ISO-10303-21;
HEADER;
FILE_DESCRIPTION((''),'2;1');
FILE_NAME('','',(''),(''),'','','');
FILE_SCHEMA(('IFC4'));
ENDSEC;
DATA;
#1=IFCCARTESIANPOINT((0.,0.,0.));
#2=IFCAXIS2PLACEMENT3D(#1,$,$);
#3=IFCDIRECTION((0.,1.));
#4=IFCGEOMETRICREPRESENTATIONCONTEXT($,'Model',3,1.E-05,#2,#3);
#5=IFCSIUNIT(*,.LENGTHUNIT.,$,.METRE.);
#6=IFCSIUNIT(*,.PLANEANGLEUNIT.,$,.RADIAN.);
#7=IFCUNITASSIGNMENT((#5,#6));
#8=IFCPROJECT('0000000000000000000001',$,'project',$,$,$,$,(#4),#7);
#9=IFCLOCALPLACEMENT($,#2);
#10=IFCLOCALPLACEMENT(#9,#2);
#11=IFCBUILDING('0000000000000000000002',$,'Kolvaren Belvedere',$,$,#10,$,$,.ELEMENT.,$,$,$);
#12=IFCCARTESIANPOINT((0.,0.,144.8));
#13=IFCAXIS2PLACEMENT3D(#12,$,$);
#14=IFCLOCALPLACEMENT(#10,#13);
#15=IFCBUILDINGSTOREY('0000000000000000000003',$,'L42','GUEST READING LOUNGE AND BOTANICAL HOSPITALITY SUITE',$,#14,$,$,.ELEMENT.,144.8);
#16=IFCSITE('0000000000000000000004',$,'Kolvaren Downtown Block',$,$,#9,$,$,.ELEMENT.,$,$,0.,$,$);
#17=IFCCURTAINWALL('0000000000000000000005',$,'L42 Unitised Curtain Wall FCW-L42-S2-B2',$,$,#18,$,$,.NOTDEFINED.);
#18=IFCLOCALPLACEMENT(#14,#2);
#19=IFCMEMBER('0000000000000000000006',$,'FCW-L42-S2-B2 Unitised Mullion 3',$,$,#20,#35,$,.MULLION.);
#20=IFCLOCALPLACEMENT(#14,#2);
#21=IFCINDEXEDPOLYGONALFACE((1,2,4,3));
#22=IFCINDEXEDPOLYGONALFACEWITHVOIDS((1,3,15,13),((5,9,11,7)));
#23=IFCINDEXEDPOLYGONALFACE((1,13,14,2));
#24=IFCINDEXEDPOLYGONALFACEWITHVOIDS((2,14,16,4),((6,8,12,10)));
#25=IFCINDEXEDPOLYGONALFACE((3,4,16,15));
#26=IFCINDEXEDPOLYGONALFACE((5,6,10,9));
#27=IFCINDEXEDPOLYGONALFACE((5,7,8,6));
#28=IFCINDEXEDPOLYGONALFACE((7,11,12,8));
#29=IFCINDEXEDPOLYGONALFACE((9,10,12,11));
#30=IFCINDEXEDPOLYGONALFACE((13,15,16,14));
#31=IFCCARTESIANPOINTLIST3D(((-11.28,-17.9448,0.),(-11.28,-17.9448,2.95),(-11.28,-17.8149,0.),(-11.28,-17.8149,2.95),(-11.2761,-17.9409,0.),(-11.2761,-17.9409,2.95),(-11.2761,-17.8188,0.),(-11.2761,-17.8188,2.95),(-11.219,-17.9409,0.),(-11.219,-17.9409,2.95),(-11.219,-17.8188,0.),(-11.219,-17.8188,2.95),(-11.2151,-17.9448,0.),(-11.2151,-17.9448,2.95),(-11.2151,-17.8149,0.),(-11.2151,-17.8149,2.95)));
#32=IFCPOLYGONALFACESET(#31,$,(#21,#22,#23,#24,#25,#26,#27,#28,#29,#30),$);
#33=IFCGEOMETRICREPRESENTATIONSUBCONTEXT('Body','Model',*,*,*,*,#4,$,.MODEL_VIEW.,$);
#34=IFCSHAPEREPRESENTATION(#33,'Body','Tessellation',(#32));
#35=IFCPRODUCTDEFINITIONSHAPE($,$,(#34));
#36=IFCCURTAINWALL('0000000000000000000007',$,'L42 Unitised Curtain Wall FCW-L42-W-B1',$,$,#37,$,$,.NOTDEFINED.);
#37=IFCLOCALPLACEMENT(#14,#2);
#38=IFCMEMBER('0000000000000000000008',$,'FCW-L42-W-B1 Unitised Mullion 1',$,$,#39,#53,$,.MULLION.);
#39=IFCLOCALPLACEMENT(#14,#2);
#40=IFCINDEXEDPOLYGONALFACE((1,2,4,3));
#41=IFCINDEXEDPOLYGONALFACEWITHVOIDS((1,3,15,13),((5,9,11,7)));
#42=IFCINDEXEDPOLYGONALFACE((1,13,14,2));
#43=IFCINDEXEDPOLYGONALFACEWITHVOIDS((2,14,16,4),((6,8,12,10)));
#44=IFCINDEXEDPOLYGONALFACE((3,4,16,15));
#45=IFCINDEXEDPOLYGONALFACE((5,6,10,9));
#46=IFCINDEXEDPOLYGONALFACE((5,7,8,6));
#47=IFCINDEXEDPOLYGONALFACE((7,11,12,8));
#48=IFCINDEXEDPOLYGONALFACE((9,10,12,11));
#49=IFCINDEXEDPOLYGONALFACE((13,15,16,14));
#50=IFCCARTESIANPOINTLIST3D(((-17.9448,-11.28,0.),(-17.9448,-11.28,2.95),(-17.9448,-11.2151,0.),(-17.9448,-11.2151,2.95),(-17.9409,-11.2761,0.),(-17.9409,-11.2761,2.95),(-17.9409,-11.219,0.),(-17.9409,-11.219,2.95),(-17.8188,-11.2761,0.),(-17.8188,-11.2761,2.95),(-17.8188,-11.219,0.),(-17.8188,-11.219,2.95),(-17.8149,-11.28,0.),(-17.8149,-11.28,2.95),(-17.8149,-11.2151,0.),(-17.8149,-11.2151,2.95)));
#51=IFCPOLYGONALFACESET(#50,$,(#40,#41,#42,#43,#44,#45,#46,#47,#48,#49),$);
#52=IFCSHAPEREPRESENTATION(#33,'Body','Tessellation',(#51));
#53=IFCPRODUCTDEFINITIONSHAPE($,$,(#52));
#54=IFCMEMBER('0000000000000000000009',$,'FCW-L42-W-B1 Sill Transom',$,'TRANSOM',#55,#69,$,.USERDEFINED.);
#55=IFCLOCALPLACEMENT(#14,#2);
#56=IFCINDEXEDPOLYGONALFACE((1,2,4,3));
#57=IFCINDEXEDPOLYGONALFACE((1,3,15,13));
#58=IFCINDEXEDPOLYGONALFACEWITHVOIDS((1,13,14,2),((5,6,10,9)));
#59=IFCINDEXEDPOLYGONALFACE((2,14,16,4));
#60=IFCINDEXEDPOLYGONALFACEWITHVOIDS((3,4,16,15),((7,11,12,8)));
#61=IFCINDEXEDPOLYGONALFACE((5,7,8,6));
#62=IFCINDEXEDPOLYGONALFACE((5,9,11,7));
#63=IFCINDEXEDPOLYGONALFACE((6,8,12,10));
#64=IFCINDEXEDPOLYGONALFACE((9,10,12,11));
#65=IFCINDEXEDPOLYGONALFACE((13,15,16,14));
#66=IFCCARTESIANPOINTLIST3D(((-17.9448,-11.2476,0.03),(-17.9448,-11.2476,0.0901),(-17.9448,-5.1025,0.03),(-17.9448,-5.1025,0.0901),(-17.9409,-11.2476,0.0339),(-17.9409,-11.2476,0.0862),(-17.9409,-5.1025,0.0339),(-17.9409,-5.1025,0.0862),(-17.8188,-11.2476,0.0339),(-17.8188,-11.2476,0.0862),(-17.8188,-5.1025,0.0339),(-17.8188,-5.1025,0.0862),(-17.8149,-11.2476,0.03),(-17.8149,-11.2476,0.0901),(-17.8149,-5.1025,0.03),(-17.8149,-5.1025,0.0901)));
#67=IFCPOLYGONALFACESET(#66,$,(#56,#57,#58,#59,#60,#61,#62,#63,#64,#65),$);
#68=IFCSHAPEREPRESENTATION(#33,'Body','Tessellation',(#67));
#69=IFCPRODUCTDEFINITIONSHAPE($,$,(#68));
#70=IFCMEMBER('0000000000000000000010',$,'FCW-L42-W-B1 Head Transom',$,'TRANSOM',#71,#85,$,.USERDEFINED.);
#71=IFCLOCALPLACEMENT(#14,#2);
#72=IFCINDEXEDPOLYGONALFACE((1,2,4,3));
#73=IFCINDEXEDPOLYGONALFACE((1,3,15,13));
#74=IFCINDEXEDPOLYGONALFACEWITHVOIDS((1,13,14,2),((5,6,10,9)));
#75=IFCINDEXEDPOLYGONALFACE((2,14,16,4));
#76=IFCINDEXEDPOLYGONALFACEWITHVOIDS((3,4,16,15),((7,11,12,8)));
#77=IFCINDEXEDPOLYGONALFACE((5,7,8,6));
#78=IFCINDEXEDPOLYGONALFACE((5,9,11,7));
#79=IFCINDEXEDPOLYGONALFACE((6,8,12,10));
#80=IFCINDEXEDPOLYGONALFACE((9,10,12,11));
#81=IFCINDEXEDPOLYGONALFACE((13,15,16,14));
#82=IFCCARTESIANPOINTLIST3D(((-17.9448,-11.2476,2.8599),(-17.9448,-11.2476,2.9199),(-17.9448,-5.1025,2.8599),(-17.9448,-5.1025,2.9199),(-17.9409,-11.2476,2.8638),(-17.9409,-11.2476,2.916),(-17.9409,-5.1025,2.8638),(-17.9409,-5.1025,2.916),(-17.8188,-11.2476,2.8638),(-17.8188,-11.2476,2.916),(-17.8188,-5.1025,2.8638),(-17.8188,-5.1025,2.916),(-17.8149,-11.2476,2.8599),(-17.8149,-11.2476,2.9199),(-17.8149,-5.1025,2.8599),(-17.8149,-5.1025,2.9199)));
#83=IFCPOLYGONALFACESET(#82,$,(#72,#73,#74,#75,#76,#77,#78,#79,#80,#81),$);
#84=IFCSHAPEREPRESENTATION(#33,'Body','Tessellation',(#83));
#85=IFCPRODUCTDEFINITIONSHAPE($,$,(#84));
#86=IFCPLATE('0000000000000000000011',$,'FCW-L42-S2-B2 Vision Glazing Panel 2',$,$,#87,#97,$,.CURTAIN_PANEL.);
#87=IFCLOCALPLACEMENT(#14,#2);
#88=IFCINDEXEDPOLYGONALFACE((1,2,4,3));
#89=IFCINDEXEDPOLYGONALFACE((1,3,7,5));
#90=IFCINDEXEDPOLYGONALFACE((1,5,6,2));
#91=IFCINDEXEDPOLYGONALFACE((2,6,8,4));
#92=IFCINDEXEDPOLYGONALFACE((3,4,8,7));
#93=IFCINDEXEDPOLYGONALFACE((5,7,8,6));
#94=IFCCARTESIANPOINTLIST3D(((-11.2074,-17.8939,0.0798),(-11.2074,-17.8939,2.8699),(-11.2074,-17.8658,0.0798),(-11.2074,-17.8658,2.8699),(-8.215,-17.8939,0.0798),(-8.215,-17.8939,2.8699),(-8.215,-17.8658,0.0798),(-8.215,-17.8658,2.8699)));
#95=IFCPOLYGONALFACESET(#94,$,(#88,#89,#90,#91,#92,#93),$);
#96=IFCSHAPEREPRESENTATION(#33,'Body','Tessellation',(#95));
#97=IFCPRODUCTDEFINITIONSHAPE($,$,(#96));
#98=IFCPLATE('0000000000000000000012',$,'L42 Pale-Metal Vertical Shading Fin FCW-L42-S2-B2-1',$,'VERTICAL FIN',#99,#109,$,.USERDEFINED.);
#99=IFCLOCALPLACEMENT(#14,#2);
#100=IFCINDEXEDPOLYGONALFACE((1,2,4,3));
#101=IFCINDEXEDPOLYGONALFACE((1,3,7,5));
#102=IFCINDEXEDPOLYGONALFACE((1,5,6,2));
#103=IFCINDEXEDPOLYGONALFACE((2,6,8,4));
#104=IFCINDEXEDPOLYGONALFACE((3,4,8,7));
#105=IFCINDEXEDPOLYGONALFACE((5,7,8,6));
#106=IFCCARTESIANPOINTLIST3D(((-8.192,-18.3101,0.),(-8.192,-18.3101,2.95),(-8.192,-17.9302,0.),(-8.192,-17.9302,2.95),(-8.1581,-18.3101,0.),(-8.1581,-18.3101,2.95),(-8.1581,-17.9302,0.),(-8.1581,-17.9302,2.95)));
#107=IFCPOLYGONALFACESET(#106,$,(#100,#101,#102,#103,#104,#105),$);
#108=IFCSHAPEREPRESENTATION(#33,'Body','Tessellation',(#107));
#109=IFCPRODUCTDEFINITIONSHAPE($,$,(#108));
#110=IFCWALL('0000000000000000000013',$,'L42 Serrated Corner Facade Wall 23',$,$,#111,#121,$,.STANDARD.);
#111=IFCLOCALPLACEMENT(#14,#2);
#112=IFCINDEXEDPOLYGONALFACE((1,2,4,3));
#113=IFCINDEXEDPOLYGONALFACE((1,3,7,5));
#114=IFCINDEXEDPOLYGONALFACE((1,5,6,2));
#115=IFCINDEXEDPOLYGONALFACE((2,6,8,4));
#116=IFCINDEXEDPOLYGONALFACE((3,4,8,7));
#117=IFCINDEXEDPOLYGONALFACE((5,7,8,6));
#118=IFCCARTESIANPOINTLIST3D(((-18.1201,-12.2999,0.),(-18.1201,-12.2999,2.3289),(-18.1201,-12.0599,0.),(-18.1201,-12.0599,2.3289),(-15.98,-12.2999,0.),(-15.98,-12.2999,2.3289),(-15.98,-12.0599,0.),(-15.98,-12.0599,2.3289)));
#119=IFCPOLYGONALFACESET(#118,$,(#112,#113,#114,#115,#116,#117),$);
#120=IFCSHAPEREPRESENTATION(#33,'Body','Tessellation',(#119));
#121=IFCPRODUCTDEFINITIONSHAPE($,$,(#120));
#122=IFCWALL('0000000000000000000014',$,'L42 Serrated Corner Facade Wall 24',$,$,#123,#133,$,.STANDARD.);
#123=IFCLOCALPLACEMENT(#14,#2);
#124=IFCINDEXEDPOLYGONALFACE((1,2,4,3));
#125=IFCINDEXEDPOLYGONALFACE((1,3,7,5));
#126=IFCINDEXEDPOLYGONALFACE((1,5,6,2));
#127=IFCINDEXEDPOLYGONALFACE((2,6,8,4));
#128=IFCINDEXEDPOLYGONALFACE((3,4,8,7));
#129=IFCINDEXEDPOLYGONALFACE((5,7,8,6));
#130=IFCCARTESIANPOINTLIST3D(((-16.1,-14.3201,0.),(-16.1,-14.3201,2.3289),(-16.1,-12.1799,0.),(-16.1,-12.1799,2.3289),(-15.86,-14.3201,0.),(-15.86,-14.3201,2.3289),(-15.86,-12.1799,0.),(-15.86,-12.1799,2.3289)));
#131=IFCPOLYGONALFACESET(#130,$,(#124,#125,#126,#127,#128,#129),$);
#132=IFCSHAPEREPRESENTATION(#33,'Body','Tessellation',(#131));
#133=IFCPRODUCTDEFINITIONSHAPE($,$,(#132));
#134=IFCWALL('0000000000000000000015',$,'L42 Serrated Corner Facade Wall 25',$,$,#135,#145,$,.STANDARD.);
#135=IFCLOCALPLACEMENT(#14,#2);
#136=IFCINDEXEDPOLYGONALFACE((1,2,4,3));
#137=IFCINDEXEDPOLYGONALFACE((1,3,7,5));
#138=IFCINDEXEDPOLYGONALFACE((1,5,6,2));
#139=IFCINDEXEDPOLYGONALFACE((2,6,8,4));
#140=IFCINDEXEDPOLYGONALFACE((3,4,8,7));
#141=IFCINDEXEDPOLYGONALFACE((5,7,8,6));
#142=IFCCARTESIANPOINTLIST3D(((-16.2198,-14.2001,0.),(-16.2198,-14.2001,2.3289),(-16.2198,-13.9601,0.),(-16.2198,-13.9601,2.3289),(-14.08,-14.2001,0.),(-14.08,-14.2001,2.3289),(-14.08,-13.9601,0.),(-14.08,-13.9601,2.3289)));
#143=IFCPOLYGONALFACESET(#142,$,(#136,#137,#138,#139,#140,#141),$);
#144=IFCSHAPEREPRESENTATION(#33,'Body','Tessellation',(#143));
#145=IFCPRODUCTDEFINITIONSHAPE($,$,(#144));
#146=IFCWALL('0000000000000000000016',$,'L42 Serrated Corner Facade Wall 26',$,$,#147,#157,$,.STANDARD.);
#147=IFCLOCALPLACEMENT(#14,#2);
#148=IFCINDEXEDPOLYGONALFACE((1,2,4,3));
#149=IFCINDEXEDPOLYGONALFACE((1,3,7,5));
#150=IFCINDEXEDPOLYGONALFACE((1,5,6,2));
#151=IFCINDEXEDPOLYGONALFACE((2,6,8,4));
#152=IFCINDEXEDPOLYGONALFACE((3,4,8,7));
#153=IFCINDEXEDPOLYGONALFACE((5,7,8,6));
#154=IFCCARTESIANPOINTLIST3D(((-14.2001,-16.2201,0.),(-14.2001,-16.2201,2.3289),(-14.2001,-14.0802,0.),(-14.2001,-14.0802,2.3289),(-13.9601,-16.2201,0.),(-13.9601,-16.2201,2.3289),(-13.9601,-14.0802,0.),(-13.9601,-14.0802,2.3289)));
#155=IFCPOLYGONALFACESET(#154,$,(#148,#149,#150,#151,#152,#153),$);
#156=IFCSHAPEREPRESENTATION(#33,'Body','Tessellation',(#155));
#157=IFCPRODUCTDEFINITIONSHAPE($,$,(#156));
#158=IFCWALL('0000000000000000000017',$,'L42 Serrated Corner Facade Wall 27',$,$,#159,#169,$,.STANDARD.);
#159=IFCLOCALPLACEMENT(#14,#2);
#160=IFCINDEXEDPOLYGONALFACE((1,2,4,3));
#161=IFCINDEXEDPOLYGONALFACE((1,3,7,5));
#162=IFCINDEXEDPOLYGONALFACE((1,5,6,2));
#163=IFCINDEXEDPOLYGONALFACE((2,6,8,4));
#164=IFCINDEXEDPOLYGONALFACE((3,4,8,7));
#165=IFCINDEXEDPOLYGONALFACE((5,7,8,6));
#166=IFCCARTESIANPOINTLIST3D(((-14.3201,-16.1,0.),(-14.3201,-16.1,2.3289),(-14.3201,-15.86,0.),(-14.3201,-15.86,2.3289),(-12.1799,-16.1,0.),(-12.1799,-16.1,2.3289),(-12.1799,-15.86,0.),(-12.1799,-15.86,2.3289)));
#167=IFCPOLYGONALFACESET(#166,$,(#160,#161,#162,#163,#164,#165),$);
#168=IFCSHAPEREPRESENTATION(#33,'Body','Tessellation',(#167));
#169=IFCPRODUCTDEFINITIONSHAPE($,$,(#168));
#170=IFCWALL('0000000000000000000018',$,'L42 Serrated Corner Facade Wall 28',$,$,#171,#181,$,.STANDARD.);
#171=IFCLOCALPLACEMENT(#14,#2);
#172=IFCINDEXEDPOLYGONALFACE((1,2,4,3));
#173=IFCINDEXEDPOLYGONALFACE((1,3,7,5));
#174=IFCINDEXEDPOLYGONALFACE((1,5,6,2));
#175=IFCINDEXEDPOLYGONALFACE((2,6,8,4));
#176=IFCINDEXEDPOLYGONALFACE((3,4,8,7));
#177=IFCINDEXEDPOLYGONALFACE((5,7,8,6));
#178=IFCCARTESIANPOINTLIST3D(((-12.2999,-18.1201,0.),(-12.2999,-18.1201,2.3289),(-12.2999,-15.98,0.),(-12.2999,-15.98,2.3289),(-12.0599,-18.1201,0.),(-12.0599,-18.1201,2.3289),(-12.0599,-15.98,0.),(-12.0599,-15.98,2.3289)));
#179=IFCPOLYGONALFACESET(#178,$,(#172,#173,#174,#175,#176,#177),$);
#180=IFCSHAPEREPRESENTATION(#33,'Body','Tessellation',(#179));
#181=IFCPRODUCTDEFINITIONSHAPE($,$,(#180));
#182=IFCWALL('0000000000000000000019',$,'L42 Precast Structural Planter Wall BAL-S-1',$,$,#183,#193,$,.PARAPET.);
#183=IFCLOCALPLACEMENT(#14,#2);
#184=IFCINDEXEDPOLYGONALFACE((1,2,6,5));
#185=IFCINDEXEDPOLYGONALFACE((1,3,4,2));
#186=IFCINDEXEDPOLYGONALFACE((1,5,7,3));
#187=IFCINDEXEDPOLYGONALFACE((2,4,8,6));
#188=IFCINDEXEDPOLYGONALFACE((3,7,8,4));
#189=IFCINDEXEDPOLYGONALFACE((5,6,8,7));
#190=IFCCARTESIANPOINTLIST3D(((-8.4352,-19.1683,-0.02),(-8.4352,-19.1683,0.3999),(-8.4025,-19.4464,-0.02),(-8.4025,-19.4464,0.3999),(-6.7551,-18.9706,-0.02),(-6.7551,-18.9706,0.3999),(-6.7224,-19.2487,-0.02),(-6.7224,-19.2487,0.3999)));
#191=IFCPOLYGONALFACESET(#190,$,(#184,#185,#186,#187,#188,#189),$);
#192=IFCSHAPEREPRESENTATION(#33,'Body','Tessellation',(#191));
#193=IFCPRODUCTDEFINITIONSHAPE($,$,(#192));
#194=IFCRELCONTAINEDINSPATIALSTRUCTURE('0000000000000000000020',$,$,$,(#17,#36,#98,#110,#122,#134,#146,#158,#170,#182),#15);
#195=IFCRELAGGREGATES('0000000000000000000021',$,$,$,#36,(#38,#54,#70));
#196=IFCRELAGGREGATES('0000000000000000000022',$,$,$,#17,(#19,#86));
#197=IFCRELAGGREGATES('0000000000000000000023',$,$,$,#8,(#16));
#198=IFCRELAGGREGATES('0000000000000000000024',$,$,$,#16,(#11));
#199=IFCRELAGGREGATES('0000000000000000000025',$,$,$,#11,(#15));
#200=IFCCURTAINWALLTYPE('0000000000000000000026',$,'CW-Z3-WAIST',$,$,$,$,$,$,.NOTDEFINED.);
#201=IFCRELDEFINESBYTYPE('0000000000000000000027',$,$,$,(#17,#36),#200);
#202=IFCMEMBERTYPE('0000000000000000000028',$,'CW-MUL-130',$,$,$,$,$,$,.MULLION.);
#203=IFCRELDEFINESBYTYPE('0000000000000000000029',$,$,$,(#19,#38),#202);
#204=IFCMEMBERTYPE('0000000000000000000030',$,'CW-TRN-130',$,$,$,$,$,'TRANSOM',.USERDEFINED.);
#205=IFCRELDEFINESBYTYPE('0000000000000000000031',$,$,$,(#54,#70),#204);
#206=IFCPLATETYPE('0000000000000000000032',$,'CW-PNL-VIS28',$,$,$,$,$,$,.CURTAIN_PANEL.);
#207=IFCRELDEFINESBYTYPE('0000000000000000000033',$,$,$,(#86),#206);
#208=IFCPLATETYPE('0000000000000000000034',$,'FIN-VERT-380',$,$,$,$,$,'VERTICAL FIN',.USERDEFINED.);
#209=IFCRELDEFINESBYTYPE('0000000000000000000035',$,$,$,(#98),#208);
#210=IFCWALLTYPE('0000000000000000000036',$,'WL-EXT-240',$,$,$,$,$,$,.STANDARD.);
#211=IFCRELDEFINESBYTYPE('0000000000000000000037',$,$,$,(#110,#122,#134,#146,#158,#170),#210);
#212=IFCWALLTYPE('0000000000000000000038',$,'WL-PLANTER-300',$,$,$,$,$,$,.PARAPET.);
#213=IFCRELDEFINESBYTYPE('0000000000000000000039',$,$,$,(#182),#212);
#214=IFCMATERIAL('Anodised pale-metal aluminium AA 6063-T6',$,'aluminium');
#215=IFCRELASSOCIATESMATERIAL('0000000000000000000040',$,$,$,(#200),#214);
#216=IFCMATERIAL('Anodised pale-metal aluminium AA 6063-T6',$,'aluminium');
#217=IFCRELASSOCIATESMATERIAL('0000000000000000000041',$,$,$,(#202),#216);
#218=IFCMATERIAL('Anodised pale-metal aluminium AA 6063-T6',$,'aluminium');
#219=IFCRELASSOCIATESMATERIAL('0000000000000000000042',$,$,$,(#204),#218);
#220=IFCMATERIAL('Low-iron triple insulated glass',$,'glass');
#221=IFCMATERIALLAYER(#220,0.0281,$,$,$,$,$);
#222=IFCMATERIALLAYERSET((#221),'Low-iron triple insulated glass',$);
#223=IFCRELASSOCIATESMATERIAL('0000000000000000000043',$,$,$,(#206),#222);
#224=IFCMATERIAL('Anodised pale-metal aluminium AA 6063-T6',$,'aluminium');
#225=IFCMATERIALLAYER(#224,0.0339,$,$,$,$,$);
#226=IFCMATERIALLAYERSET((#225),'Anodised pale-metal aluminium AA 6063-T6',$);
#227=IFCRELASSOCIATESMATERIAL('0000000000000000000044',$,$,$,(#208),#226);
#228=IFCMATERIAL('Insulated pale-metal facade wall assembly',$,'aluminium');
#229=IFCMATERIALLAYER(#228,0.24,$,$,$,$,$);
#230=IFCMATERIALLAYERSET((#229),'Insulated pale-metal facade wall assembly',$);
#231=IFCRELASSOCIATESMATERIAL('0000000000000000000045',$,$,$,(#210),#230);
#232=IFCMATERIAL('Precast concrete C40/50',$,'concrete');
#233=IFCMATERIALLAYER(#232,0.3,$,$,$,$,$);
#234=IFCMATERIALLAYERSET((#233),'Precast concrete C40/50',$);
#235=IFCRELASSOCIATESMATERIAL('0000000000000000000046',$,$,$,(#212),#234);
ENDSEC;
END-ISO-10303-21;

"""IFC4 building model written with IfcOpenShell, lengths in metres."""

from ifc_helpers import new_model, si_unit, direction, frame, frame_2d, origin, origin_2d, place, context, subcontext, project, spatial, rectangle, hollow_rectangle, extrude, material, layer, layer_set, material_profile, profile_set, type_object, element, aggregate, save


model = new_model("IFC4")

# Units and contexts
model_context = context("Model", 3, precision=1e-05, world=origin(), true_north=direction((0.0, 1.0)))
body_context = subcontext(model_context, "Body", "Model", "MODEL_VIEW")
ifc_project = project(units=[si_unit("LENGTHUNIT", "METRE"), si_unit("PLANEANGLEUNIT", "RADIAN")], contexts=[model_context])

# Site, building, storey
site_placement = place(None, origin())
site = spatial("IfcSite", under=ifc_project, at=site_placement, Name="Kolvaren Downtown Block", CompositionType="ELEMENT", RefElevation=0.0)
building_placement = place(site_placement, origin())
building = spatial("IfcBuilding", under=site, at=building_placement, Name="Kolvaren Belvedere", CompositionType="ELEMENT")
storey_placement = place(building_placement, frame((0.0, 0.0, 144.8)))
storey = spatial("IfcBuildingStorey", under=building, at=storey_placement, Name="L42", Description="GUEST READING LOUNGE AND BOTANICAL HOSPITALITY SUITE", CompositionType="ELEMENT", Elevation=144.8)

# Curtain walls, members
ifc_material_1 = material(Name="Anodised pale-metal aluminium AA 6063-T6", Category="aluminium")
curtain_wall_type = type_object("IfcCurtainWallType", Name="CW-Z3-WAIST", PredefinedType="NOTDEFINED", material=ifc_material_1)
curtain_wall_1_placement = place(storey_placement, origin())
curtain_wall_1 = element("IfcCurtainWall", 1, at=curtain_wall_1_placement, inside=storey, type_object=curtain_wall_type, Name="L42 Unitised Curtain Wall FCW-L42-S2-B2", PredefinedType="NOTDEFINED")
ifc_material_2 = material(Name="Anodised pale-metal aluminium AA 6063-T6", Category="aluminium")
ifc_material_profile_1 = material_profile(ifc_material_2, hollow_rectangle(XDim=0.0649, YDim=0.1299, WallThickness=0.0039, at=origin_2d()), Name="ALU-MUL-130X65")
ifc_profile_set_1 = profile_set([ifc_material_profile_1], Name="Anodised pale-metal aluminium AA 6063-T6")
member_type_1 = type_object("IfcMemberType", Name="CW-MUL-130", PredefinedType="MULLION", material=ifc_profile_set_1)
member_1_placement = place(storey_placement, frame((-11.2476, -17.8799, 0.0), z_axis=(0.0, 0.0, 1.0), x_axis=(1.0, 0.0, 0.0)))
member_1 = element("IfcMember", 2, at=member_1_placement, type_object=member_type_1, Name="FCW-L42-S2-B2 Unitised Mullion 3", PredefinedType="MULLION", context=body_context, shape_type="SweptSolid", body=[
    extrude(hollow_rectangle(XDim=0.0649, YDim=0.1299, WallThickness=0.0039, at=origin_2d()), origin(), (0.0, 0.0, 1.0), 2.95),
])
curtain_wall_2_placement = place(storey_placement, origin())
curtain_wall_2 = element("IfcCurtainWall", 3, at=curtain_wall_2_placement, inside=storey, type_object=curtain_wall_type, Name="L42 Unitised Curtain Wall FCW-L42-W-B1", PredefinedType="NOTDEFINED")
member_2_placement = place(storey_placement, frame((-17.8799, -11.2476, 0.0), z_axis=(0.0, 0.0, 1.0), x_axis=(0.0, 1.0, 0.0)))
member_2 = element("IfcMember", 4, at=member_2_placement, type_object=member_type_1, Name="FCW-L42-W-B1 Unitised Mullion 1", PredefinedType="MULLION", context=body_context, shape_type="SweptSolid", body=[
    extrude(hollow_rectangle(XDim=0.0649, YDim=0.1299, WallThickness=0.0039, at=origin_2d()), origin(), (0.0, 0.0, 1.0), 2.95),
])
ifc_material_3 = material(Name="Anodised pale-metal aluminium AA 6063-T6", Category="aluminium")
ifc_material_profile_2 = material_profile(ifc_material_3, hollow_rectangle(XDim=0.0601, YDim=0.1299, WallThickness=0.0039, at=origin_2d()), Name="ALU-TRN-130X60")
ifc_profile_set_2 = profile_set([ifc_material_profile_2], Name="Anodised pale-metal aluminium AA 6063-T6")
member_type_2 = type_object("IfcMemberType", Name="CW-TRN-130", ElementType="TRANSOM", PredefinedType="USERDEFINED", material=ifc_profile_set_2)
member_3_placement = place(storey_placement, frame((-17.8799, -11.2476, 0.0601), z_axis=(0.0, 1.0, 0.0), x_axis=(0.0, 0.0, 1.0)))
member_3 = element("IfcMember", 5, at=member_3_placement, type_object=member_type_2, Name="FCW-L42-W-B1 Sill Transom", ObjectType="TRANSOM", PredefinedType="USERDEFINED", context=body_context, shape_type="SweptSolid", body=[
    extrude(hollow_rectangle(XDim=0.0601, YDim=0.1299, WallThickness=0.0039, at=origin_2d()), origin(), (0.0, 0.0, 1.0), 6.145),
])
member_4_placement = place(storey_placement, frame((-17.8799, -11.2476, 2.8899), z_axis=(0.0, 1.0, 0.0), x_axis=(0.0, 0.0, 1.0)))
member_4 = element("IfcMember", 6, at=member_4_placement, type_object=member_type_2, Name="FCW-L42-W-B1 Head Transom", ObjectType="TRANSOM", PredefinedType="USERDEFINED", context=body_context, shape_type="SweptSolid", body=[
    extrude(hollow_rectangle(XDim=0.0601, YDim=0.1299, WallThickness=0.0039, at=origin_2d()), origin(), (0.0, 0.0, 1.0), 6.145),
])
aggregate(curtain_wall_2, [member_2, member_3, member_4])

# Plates
ifc_material_4 = material(Name="Low-iron triple insulated glass", Category="glass")
ifc_layer_1 = layer(ifc_material_4, 0.0281)
ifc_layer_set_1 = layer_set([ifc_layer_1], Name="Low-iron triple insulated glass")
plate_type_1 = type_object("IfcPlateType", Name="CW-PNL-VIS28", PredefinedType="CURTAIN_PANEL", material=ifc_layer_set_1)
plate_1_placement = place(storey_placement, frame((-9.7112, -17.8799, 0.0798), z_axis=(0.0, 0.0, 1.0), x_axis=(-1.0, 0.0, 0.0)))
plate_1 = element("IfcPlate", 7, at=plate_1_placement, type_object=plate_type_1, Name="FCW-L42-S2-B2 Vision Glazing Panel 2", PredefinedType="CURTAIN_PANEL", context=body_context, shape_type="SweptSolid", body=[
    extrude(rectangle(XDim=2.9924, YDim=0.0281, at=origin_2d()), origin(), (0.0, 0.0, 1.0), 2.79),
])
aggregate(curtain_wall_1, [member_1, plate_1])
ifc_material_5 = material(Name="Anodised pale-metal aluminium AA 6063-T6", Category="aluminium")
ifc_layer_2 = layer(ifc_material_5, 0.0339)
ifc_layer_set_2 = layer_set([ifc_layer_2], Name="Anodised pale-metal aluminium AA 6063-T6")
plate_type_2 = type_object("IfcPlateType", Name="FIN-VERT-380", ElementType="VERTICAL FIN", PredefinedType="USERDEFINED", material=ifc_layer_set_2)
plate_2_placement = place(storey_placement, frame((-8.175, -18.1201, 0.0), z_axis=(0.0, 0.0, 1.0), x_axis=(0.0, 1.0, 0.0)))
element("IfcPlate", 8, at=plate_2_placement, inside=storey, type_object=plate_type_2, Name="L42 Pale-Metal Vertical Shading Fin FCW-L42-S2-B2-1", ObjectType="VERTICAL FIN", PredefinedType="USERDEFINED", context=body_context, shape_type="SweptSolid", body=[
    extrude(rectangle(XDim=0.3799, YDim=0.0339, at=origin_2d()), origin(), (0.0, 0.0, 1.0), 2.95),
])

# Walls
ifc_material_6 = material(Name="Insulated pale-metal facade wall assembly", Category="aluminium")
ifc_layer_3 = layer(ifc_material_6, 0.24)
ifc_layer_set_3 = layer_set([ifc_layer_3], Name="Insulated pale-metal facade wall assembly")
wall_type_1 = type_object("IfcWallType", Name="WL-EXT-240", PredefinedType="STANDARD", material=ifc_layer_set_3)
for number, where, z_axis, x_axis, name in (
    (9, (-15.98, -12.1799, 0.0), (0.0, 0.0, 1.0), (-1.0, 0.0, 0.0), "L42 Serrated Corner Facade Wall 23"),
    (10, (-15.98, -14.3201, 0.0), (0.0, 0.0, 1.0), (0.0, 1.0, 0.0), "L42 Serrated Corner Facade Wall 24"),
):
    element("IfcWall", number, at=place(storey_placement, frame(where, z_axis=z_axis, x_axis=x_axis)), inside=storey, type_object=wall_type_1, Name=name, PredefinedType="STANDARD", context=body_context, shape_type="SweptSolid", body=[
        extrude(rectangle(XDim=2.1401, YDim=0.24, at=frame_2d((1.0701, 0.0))), origin(), (0.0, 0.0, 1.0), 2.3289),
    ])
for number, where, z_axis, x_axis, name in (
    (11, (-14.0801, -14.0801, 0.0), (0.0, 0.0, 1.0), (-1.0, 0.0, 0.0), "L42 Serrated Corner Facade Wall 25"),
    (12, (-14.0801, -16.22, 0.0), (0.0, 0.0, 1.0), (0.0, 1.0, 0.0), "L42 Serrated Corner Facade Wall 26"),
):
    element("IfcWall", number, at=place(storey_placement, frame(where, z_axis=z_axis, x_axis=x_axis)), inside=storey, type_object=wall_type_1, Name=name, PredefinedType="STANDARD", context=body_context, shape_type="SweptSolid", body=[
        extrude(rectangle(XDim=2.1399, YDim=0.24, at=frame_2d((1.0698, 0.0))), origin(), (0.0, 0.0, 1.0), 2.3289),
    ])
for number, where, z_axis, x_axis, name in (
    (13, (-12.1799, -15.98, 0.0), (0.0, 0.0, 1.0), (-1.0, 0.0, 0.0), "L42 Serrated Corner Facade Wall 27"),
    (14, (-12.1799, -18.1201, 0.0), (0.0, 0.0, 1.0), (0.0, 1.0, 0.0), "L42 Serrated Corner Facade Wall 28"),
):
    element("IfcWall", number, at=place(storey_placement, frame(where, z_axis=z_axis, x_axis=x_axis)), inside=storey, type_object=wall_type_1, Name=name, PredefinedType="STANDARD", context=body_context, shape_type="SweptSolid", body=[
        extrude(rectangle(XDim=2.1401, YDim=0.24, at=frame_2d((1.0701, 0.0))), origin(), (0.0, 0.0, 1.0), 2.3289),
    ])
ifc_material_7 = material(Name="Precast concrete C40/50", Category="concrete")
ifc_layer_4 = layer(ifc_material_7, 0.3)
ifc_layer_set_4 = layer_set([ifc_layer_4], Name="Precast concrete C40/50")
wall_type_2 = type_object("IfcWallType", Name="WL-PLANTER-300", PredefinedType="PARAPET", material=ifc_layer_set_4)
wall_1_placement = place(storey_placement, frame((-8.4187, -19.3074, -0.02), z_axis=(0.0, 0.0, 1.0), x_axis=(0.993143, 0.116908, 0.0)))
element("IfcWall", 15, at=wall_1_placement, inside=storey, type_object=wall_type_2, Name="L42 Precast Structural Planter Wall BAL-S-1", PredefinedType="PARAPET", context=body_context, shape_type="SweptSolid", body=[
    extrude(rectangle(XDim=1.6917, YDim=0.28, at=frame_2d((0.8457, 0.0))), origin(), (0.0, 0.0, 1.0), 0.4199),
])

save(model, "model.ifc")
